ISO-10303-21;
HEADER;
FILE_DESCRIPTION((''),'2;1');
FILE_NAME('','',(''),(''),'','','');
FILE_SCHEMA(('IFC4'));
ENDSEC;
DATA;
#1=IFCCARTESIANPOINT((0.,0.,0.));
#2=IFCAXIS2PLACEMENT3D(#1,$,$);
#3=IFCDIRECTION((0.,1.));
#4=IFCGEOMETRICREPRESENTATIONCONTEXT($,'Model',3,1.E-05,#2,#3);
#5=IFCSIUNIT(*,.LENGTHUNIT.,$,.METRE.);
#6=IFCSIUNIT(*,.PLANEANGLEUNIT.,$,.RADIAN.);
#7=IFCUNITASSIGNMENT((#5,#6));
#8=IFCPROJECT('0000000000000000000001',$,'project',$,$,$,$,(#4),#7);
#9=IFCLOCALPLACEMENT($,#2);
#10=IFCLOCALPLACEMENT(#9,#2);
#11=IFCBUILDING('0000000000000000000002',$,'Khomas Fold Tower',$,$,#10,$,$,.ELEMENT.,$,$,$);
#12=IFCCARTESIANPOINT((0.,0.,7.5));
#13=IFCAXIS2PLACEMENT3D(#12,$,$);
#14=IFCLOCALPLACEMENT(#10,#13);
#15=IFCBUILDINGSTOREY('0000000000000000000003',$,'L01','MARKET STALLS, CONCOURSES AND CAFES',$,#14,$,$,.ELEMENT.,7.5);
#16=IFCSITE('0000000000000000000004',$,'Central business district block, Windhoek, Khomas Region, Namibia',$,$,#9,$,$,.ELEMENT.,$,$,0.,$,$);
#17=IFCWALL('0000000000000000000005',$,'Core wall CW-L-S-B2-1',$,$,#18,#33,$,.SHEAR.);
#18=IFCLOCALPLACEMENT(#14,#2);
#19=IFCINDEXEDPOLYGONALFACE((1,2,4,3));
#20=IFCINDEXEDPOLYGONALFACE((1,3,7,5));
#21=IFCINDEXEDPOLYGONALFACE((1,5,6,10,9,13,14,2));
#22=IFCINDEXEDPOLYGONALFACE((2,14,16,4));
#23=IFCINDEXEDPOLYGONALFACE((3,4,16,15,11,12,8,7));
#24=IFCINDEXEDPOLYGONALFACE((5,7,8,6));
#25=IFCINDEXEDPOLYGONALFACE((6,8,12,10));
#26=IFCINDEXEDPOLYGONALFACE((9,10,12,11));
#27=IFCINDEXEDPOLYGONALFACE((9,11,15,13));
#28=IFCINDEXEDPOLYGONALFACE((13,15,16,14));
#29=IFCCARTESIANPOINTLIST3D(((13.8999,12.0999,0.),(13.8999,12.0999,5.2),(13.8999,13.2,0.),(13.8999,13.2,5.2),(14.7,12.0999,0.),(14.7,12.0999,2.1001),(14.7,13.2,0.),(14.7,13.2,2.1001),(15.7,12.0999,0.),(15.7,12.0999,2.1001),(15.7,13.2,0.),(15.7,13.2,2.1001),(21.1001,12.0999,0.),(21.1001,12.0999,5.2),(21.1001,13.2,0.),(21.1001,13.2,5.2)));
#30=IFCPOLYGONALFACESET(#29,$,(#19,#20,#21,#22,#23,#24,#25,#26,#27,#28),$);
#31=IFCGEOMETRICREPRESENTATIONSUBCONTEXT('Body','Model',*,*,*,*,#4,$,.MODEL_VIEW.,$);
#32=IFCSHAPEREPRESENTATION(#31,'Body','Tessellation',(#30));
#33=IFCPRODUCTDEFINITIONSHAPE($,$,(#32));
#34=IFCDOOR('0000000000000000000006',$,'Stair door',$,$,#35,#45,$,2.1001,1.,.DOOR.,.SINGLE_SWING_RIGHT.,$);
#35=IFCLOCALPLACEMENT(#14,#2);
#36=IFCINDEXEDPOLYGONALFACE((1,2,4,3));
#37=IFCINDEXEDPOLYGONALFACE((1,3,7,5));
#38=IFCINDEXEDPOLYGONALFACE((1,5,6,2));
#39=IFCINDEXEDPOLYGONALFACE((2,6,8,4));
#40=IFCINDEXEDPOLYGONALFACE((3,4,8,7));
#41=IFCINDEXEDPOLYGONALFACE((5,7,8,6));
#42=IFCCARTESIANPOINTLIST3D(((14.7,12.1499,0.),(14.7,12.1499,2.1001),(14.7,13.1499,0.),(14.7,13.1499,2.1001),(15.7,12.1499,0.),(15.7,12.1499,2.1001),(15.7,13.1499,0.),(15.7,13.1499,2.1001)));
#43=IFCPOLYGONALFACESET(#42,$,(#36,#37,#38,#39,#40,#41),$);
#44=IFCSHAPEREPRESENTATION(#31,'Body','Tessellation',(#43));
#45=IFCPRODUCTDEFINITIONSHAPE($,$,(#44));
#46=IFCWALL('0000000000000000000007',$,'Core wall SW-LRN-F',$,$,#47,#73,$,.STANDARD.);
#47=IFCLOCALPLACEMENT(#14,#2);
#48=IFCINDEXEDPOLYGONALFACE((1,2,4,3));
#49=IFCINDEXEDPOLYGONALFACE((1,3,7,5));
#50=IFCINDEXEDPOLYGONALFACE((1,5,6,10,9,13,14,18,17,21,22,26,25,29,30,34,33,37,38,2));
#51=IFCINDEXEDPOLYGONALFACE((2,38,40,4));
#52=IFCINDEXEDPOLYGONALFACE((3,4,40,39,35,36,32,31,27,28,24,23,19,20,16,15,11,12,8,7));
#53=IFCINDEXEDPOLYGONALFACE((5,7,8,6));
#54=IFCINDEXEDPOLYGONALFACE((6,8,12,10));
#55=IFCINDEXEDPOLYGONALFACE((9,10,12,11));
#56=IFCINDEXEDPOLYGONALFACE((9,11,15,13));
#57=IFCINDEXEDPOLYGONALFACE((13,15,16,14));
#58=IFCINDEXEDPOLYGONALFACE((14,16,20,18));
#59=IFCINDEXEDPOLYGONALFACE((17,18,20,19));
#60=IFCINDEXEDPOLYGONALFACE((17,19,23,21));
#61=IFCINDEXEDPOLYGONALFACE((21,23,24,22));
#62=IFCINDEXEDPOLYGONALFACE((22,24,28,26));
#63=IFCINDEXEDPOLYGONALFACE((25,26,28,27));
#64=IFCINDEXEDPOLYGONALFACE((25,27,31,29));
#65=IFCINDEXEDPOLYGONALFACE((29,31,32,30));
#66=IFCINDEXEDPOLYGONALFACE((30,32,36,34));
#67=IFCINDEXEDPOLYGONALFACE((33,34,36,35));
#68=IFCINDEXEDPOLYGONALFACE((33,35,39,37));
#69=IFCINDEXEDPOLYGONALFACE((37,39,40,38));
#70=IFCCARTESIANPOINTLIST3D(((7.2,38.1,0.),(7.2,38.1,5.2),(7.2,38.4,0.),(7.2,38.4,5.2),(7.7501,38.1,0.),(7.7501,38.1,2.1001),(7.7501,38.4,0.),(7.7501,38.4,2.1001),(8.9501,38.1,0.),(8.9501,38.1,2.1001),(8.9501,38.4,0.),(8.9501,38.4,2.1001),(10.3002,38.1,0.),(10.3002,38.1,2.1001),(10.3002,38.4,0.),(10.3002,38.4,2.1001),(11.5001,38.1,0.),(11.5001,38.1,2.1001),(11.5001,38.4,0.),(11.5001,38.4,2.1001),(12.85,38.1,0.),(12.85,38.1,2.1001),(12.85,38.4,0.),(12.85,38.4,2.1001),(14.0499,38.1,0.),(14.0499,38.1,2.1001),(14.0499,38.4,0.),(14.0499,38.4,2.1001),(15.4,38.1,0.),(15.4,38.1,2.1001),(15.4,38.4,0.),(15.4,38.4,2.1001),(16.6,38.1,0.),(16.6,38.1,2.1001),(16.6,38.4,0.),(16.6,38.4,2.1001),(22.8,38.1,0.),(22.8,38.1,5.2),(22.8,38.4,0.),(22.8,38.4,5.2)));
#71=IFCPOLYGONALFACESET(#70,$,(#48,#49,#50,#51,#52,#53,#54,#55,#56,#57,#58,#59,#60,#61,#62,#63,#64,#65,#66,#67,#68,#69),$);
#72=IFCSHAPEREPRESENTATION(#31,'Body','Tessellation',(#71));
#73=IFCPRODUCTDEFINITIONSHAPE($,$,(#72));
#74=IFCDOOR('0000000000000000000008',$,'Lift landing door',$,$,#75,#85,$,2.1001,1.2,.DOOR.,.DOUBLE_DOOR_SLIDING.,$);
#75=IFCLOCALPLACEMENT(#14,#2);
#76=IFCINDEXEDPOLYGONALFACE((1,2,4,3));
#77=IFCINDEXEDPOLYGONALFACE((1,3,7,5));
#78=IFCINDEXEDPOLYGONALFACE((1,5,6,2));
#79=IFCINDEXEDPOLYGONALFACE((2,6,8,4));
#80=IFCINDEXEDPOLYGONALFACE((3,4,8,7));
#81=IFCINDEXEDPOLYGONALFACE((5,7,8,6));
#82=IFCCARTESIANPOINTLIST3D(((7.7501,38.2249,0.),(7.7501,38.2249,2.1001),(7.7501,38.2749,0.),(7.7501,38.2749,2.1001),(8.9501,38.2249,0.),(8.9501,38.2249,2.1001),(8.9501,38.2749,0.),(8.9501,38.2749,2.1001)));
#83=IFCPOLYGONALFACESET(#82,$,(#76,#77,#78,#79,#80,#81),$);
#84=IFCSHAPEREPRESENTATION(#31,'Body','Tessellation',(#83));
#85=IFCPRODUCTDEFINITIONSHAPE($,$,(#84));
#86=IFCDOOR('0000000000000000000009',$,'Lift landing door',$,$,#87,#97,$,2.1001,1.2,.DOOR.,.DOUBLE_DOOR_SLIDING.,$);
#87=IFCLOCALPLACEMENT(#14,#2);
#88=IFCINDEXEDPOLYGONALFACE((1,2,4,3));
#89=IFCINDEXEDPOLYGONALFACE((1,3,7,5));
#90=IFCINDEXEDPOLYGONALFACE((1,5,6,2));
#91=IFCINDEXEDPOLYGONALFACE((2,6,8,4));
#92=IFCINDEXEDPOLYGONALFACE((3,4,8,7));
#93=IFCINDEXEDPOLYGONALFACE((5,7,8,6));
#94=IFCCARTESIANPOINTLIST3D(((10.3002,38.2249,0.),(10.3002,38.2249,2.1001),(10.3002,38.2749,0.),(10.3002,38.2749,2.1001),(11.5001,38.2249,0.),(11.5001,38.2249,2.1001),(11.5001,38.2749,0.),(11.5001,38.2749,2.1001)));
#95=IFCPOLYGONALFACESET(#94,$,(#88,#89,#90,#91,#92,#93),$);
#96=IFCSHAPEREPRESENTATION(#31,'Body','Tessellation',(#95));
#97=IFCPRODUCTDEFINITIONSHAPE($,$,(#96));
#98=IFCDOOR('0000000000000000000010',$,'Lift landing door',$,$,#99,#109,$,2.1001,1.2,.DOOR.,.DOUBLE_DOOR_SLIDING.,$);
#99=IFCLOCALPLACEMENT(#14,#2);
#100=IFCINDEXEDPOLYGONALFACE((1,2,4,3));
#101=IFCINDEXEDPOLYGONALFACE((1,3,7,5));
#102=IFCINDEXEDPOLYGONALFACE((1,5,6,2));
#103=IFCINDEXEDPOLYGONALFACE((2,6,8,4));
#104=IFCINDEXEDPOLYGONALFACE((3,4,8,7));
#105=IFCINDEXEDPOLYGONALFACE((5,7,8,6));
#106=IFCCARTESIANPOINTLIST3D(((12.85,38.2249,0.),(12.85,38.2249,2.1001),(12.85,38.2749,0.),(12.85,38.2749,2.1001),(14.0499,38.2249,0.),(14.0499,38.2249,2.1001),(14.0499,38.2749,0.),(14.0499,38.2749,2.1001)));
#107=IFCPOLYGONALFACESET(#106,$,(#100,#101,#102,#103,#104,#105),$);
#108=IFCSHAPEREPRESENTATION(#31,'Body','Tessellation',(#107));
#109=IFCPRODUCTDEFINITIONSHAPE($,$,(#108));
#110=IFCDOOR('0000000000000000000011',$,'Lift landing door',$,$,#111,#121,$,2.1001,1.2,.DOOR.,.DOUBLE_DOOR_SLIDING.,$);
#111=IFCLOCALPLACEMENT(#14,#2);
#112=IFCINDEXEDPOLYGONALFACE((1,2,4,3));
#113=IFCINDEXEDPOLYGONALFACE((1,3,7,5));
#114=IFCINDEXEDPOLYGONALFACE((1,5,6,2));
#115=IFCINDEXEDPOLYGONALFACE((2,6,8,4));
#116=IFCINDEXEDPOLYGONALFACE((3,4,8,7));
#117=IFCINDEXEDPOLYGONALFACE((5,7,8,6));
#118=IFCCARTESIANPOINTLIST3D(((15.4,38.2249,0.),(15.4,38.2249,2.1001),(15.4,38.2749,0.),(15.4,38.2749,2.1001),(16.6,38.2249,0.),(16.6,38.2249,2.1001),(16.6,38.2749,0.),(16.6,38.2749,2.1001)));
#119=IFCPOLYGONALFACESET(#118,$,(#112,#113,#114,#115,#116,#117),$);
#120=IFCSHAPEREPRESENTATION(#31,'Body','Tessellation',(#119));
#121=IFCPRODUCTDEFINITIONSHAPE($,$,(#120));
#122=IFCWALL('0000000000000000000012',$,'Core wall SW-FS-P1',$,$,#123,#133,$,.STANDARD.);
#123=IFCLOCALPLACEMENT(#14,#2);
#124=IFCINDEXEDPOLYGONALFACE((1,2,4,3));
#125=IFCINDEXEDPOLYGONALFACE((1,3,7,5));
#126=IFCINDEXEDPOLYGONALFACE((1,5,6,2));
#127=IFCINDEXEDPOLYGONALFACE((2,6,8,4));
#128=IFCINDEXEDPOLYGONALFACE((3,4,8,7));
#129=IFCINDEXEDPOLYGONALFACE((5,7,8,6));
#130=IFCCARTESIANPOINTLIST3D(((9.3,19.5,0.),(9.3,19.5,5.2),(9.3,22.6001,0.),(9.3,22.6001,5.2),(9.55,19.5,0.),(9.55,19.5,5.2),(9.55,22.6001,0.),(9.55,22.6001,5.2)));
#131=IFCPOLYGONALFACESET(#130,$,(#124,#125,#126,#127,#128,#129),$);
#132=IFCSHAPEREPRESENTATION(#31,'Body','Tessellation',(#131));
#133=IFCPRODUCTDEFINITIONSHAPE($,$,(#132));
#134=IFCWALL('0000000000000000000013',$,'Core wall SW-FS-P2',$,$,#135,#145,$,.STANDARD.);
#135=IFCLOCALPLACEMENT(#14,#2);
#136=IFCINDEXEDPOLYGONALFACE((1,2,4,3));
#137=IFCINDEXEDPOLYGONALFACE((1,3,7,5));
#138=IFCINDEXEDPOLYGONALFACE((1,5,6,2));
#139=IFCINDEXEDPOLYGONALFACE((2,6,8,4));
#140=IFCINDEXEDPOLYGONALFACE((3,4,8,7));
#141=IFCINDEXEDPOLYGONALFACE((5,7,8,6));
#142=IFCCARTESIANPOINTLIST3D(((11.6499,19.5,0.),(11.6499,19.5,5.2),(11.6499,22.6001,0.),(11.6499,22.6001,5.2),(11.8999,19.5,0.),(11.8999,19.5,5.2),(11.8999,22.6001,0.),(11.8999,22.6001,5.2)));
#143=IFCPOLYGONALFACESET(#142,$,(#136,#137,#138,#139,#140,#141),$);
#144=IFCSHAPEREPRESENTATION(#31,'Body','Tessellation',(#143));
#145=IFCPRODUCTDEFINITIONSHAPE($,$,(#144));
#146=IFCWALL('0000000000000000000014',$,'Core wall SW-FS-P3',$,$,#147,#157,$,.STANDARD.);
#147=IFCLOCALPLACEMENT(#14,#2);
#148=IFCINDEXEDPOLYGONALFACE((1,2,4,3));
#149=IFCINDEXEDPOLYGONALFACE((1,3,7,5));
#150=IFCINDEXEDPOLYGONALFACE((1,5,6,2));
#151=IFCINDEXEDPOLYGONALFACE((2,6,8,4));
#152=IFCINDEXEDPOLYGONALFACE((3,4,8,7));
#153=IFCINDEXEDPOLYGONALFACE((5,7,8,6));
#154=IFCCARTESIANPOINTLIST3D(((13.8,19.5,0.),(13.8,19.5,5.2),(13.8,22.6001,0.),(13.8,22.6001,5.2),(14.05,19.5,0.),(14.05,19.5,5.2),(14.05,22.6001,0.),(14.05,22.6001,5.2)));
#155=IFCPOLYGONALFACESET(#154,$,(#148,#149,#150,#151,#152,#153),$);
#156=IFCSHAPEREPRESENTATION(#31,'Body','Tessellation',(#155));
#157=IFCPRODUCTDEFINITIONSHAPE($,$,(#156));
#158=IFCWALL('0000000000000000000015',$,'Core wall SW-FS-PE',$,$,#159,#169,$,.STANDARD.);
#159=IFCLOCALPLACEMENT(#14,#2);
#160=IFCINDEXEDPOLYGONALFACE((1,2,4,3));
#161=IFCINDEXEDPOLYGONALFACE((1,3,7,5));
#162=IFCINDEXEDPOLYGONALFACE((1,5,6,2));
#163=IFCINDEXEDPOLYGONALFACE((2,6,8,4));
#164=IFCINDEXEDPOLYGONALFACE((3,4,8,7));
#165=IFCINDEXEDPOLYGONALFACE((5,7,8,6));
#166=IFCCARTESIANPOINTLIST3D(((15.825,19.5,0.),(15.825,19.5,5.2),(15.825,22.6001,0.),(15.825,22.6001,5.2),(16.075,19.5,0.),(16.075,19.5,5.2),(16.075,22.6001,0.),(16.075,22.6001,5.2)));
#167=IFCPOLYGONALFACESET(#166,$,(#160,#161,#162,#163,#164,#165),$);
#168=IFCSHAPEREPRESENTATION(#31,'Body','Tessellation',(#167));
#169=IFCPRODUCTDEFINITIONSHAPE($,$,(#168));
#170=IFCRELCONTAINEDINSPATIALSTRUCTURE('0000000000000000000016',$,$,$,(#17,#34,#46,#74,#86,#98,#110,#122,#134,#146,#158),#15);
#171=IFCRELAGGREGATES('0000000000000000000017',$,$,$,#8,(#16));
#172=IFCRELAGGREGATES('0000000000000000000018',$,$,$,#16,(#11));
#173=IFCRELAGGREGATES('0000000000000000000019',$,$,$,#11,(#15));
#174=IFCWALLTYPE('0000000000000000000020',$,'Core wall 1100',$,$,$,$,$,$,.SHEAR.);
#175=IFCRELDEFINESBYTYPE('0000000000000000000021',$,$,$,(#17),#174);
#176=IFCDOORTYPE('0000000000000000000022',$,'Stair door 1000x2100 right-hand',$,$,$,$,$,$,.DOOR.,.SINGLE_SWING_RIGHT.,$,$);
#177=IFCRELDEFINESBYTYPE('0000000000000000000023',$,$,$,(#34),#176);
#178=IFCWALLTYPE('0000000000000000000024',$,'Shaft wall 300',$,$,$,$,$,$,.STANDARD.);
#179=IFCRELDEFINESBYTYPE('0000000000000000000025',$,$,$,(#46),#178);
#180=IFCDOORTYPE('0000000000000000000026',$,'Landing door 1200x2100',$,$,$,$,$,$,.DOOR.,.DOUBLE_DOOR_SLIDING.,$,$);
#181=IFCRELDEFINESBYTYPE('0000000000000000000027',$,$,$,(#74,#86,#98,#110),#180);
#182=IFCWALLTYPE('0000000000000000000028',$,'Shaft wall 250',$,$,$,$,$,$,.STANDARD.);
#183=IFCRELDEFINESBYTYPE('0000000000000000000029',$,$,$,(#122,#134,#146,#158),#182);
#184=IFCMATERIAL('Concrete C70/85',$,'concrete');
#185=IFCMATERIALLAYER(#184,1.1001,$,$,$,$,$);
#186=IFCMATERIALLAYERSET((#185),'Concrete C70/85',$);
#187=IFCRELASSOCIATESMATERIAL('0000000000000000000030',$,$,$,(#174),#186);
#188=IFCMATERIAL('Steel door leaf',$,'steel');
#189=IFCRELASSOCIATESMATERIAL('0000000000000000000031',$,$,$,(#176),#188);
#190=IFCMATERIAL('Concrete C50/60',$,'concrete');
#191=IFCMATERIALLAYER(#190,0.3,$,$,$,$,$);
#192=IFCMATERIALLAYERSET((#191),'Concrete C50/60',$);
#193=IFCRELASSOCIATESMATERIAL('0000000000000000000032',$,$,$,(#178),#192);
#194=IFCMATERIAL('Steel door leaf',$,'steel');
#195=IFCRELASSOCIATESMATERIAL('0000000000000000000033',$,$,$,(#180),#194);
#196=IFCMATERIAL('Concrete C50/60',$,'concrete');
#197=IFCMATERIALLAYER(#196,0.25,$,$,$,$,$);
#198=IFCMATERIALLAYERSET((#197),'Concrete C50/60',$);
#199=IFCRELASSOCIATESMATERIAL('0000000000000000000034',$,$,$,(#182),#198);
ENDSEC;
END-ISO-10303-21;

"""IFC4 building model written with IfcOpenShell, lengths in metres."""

from ifc_helpers import new_model, si_unit, direction, frame, frame_2d, origin, place, context, subcontext, project, spatial, rectangle, extrude, source, transform, mapped, material, layer, layer_set, type_object, element, fill, save


model = new_model("IFC4")

# Units and contexts
model_context = context("Model", 3, precision=1e-05, world=origin(), true_north=direction((0.0, 1.0)))
body_context = subcontext(model_context, "Body", "Model", "MODEL_VIEW")
ifc_project = project(units=[si_unit("LENGTHUNIT", "METRE"), si_unit("PLANEANGLEUNIT", "RADIAN")], contexts=[model_context])

# Site, building, storey
site_placement = place(None, origin())
site = spatial("IfcSite", under=ifc_project, at=site_placement, Name="Central business district block, Windhoek, Khomas Region, Namibia", CompositionType="ELEMENT", RefElevation=0.0)
building_placement = place(site_placement, origin())
building = spatial("IfcBuilding", under=site, at=building_placement, Name="Khomas Fold Tower", CompositionType="ELEMENT")
storey_placement = place(building_placement, frame((0.0, 0.0, 7.5)))
storey = spatial("IfcBuildingStorey", under=building, at=storey_placement, Name="L01", Description="MARKET STALLS, CONCOURSES AND CAFES", CompositionType="ELEMENT", Elevation=7.5)

# Wall, opening, door
ifc_material_1 = material(Name="Concrete C70/85", Category="concrete")
ifc_layer_1 = layer(ifc_material_1, 1.1001)
ifc_layer_set_1 = layer_set([ifc_layer_1], Name="Concrete C70/85")
wall_type_1 = type_object("IfcWallType", Name="Core wall 1100", PredefinedType="SHEAR", material=ifc_layer_set_1)
shared_shape_1 = source(origin(), body_context, "Body", "SweptSolid", [
    extrude(rectangle(XDim=7.2002, YDim=1.1001, at=frame_2d((3.6001, 0.0))), origin(), (0.0, 0.0, 1.0), 5.2),
])
wall_1_placement = place(storey_placement, frame((13.8999, 12.6499, 0.0), z_axis=(0.0, 0.0, 1.0), x_axis=(1.0, 0.0, 0.0)))
wall_1 = element("IfcWall", 1, at=wall_1_placement, inside=storey, type_object=wall_type_1, Name="Core wall CW-L-S-B2-1", PredefinedType="SHEAR", context=body_context, shape_type="MappedRepresentation", body=[
    mapped(shared_shape_1, transform((0.0, 0.0, 0.0))),
])
shared_shape_2 = source(origin(), body_context, "Body", "SweptSolid", [
    extrude(rectangle(XDim=1.0, YDim=2.1001, at=frame_2d((0.5, 1.05))), frame((0.0, 0.5601, 0.0), z_axis=(0.0, -1.0, 0.0), x_axis=(1.0, 0.0, 0.0)), (0.0, 0.0, 1.0), 1.1201),
])
opening_1_placement = place(wall_1_placement, frame((0.8, 0.0, 0.0)))
opening_1 = element("IfcOpeningElement", 2, at=opening_1_placement, cuts=wall_1, PredefinedType="OPENING", context=body_context, shape_type="MappedRepresentation", body=[
    mapped(shared_shape_2, transform((0.0, 0.0, 0.0))),
])
ifc_material_2 = material(Name="Steel door leaf", Category="steel")
door_type_1 = type_object("IfcDoorType", Name="Stair door 1000x2100 right-hand", OperationType="SINGLE_SWING_RIGHT", PredefinedType="DOOR", material=ifc_material_2)
shared_shape_3 = source(origin(), body_context, "Body", "SweptSolid", [
    extrude(rectangle(XDim=1.0, YDim=2.1001, at=frame_2d((0.5, 1.05))), frame((0.0, 0.5, 0.0), z_axis=(0.0, -1.0, 0.0), x_axis=(1.0, 0.0, 0.0)), (0.0, 0.0, 1.0), 1.0),
])
door_1_placement = place(opening_1_placement, origin())
door_1 = element("IfcDoor", 3, at=door_1_placement, inside=storey, type_object=door_type_1, Name="Stair door", OperationType="SINGLE_SWING_RIGHT", OverallHeight=2.1001, OverallWidth=1.0, PredefinedType="DOOR", context=body_context, shape_type="MappedRepresentation", body=[
    mapped(shared_shape_3, transform((0.0, 0.0, 0.0))),
])
fill(opening_1, door_1)

# Wall, openings, doors
ifc_material_3 = material(Name="Concrete C50/60", Category="concrete")
ifc_layer_2 = layer(ifc_material_3, 0.3)
ifc_layer_set_2 = layer_set([ifc_layer_2], Name="Concrete C50/60")
wall_type_2 = type_object("IfcWallType", Name="Shaft wall 300", PredefinedType="STANDARD", material=ifc_layer_set_2)
shared_shape_4 = source(origin(), body_context, "Body", "SweptSolid", [
    extrude(rectangle(XDim=15.6001, YDim=0.3, at=frame_2d((7.8, 0.0))), origin(), (0.0, 0.0, 1.0), 5.2),
])
wall_2_placement = place(storey_placement, frame((7.2, 38.25, 0.0), z_axis=(0.0, 0.0, 1.0), x_axis=(1.0, 0.0, 0.0)))
wall_2 = element("IfcWall", 4, at=wall_2_placement, inside=storey, type_object=wall_type_2, Name="Core wall SW-LRN-F", PredefinedType="STANDARD", context=body_context, shape_type="MappedRepresentation", body=[
    mapped(shared_shape_4, transform((0.0, 0.0, 0.0))),
])
shared_shape_5 = source(origin(), body_context, "Body", "SweptSolid", [
    extrude(rectangle(XDim=1.2, YDim=2.1001, at=frame_2d((0.6001, 1.05))), frame((0.0, 0.1599, 0.0), z_axis=(0.0, -1.0, 0.0), x_axis=(1.0, 0.0, 0.0)), (0.0, 0.0, 1.0), 0.3201),
])
opening_2_placement = place(wall_2_placement, frame((0.55, 0.0, 0.0)))
opening_2 = element("IfcOpeningElement", 5, at=opening_2_placement, cuts=wall_2, PredefinedType="OPENING", context=body_context, shape_type="MappedRepresentation", body=[
    mapped(shared_shape_5, transform((0.0, 0.0, 0.0))),
])
opening_3_placement = place(wall_2_placement, frame((3.1001, 0.0, 0.0)))
opening_3 = element("IfcOpeningElement", 6, at=opening_3_placement, cuts=wall_2, PredefinedType="OPENING", context=body_context, shape_type="MappedRepresentation", body=[
    mapped(shared_shape_5, transform((0.0, 0.0, 0.0))),
])
opening_4_placement = place(wall_2_placement, frame((5.6499, 0.0, 0.0)))
opening_4 = element("IfcOpeningElement", 7, at=opening_4_placement, cuts=wall_2, PredefinedType="OPENING", context=body_context, shape_type="MappedRepresentation", body=[
    mapped(shared_shape_5, transform((0.0, 0.0, 0.0))),
])
opening_5_placement = place(wall_2_placement, frame((8.2, 0.0, 0.0)))
opening_5 = element("IfcOpeningElement", 8, at=opening_5_placement, cuts=wall_2, PredefinedType="OPENING", context=body_context, shape_type="MappedRepresentation", body=[
    mapped(shared_shape_5, transform((0.0, 0.0, 0.0))),
])
ifc_material_4 = material(Name="Steel door leaf", Category="steel")
door_type_2 = type_object("IfcDoorType", Name="Landing door 1200x2100", OperationType="DOUBLE_DOOR_SLIDING", PredefinedType="DOOR", material=ifc_material_4)
shared_shape_6 = source(origin(), body_context, "Body", "SweptSolid", [
    extrude(rectangle(XDim=1.2, YDim=2.1001, at=frame_2d((0.6001, 1.05))), frame((0.0, 0.0249, 0.0), z_axis=(0.0, -1.0, 0.0), x_axis=(1.0, 0.0, 0.0)), (0.0, 0.0, 1.0), 0.05),
])
door_2_placement = place(opening_2_placement, origin())
door_2 = element("IfcDoor", 9, at=door_2_placement, inside=storey, type_object=door_type_2, Name="Lift landing door", OperationType="DOUBLE_DOOR_SLIDING", OverallHeight=2.1001, OverallWidth=1.2, PredefinedType="DOOR", context=body_context, shape_type="MappedRepresentation", body=[
    mapped(shared_shape_6, transform((0.0, 0.0, 0.0))),
])
fill(opening_2, door_2)
door_3_placement = place(opening_3_placement, origin())
door_3 = element("IfcDoor", 10, at=door_3_placement, inside=storey, type_object=door_type_2, Name="Lift landing door", OperationType="DOUBLE_DOOR_SLIDING", OverallHeight=2.1001, OverallWidth=1.2, PredefinedType="DOOR", context=body_context, shape_type="MappedRepresentation", body=[
    mapped(shared_shape_6, transform((0.0, 0.0, 0.0))),
])
fill(opening_3, door_3)
door_4_placement = place(opening_4_placement, origin())
door_4 = element("IfcDoor", 11, at=door_4_placement, inside=storey, type_object=door_type_2, Name="Lift landing door", OperationType="DOUBLE_DOOR_SLIDING", OverallHeight=2.1001, OverallWidth=1.2, PredefinedType="DOOR", context=body_context, shape_type="MappedRepresentation", body=[
    mapped(shared_shape_6, transform((0.0, 0.0, 0.0))),
])
fill(opening_4, door_4)
door_5_placement = place(opening_5_placement, origin())
door_5 = element("IfcDoor", 12, at=door_5_placement, inside=storey, type_object=door_type_2, Name="Lift landing door", OperationType="DOUBLE_DOOR_SLIDING", OverallHeight=2.1001, OverallWidth=1.2, PredefinedType="DOOR", context=body_context, shape_type="MappedRepresentation", body=[
    mapped(shared_shape_6, transform((0.0, 0.0, 0.0))),
])
fill(opening_5, door_5)

# Walls
ifc_material_5 = material(Name="Concrete C50/60", Category="concrete")
ifc_layer_3 = layer(ifc_material_5, 0.25)
ifc_layer_set_3 = layer_set([ifc_layer_3], Name="Concrete C50/60")
wall_type_3 = type_object("IfcWallType", Name="Shaft wall 250", PredefinedType="STANDARD", material=ifc_layer_set_3)
shared_shape_7 = source(origin(), body_context, "Body", "SweptSolid", [
    extrude(rectangle(XDim=3.1001, YDim=0.25, at=frame_2d((1.55, 0.0))), origin(), (0.0, 0.0, 1.0), 5.2),
])
for number, where, z_axis, x_axis, name in (
    (13, (9.425, 19.5, 0.0), (0.0, 0.0, 1.0), (0.0, 1.0, 0.0), "Core wall SW-FS-P1"),
    (14, (11.7749, 19.5, 0.0), (0.0, 0.0, 1.0), (0.0, 1.0, 0.0), "Core wall SW-FS-P2"),
    (15, (13.925, 19.5, 0.0), (0.0, 0.0, 1.0), (0.0, 1.0, 0.0), "Core wall SW-FS-P3"),
    (16, (15.95, 19.5, 0.0), (0.0, 0.0, 1.0), (0.0, 1.0, 0.0), "Core wall SW-FS-PE"),
):
    element("IfcWall", number, at=place(storey_placement, frame(where, z_axis=z_axis, x_axis=x_axis)), inside=storey, type_object=wall_type_3, Name=name, PredefinedType="STANDARD", context=body_context, shape_type="MappedRepresentation", body=[
        mapped(shared_shape_7, transform((0.0, 0.0, 0.0))),
    ])

save(model, "model.ifc")
